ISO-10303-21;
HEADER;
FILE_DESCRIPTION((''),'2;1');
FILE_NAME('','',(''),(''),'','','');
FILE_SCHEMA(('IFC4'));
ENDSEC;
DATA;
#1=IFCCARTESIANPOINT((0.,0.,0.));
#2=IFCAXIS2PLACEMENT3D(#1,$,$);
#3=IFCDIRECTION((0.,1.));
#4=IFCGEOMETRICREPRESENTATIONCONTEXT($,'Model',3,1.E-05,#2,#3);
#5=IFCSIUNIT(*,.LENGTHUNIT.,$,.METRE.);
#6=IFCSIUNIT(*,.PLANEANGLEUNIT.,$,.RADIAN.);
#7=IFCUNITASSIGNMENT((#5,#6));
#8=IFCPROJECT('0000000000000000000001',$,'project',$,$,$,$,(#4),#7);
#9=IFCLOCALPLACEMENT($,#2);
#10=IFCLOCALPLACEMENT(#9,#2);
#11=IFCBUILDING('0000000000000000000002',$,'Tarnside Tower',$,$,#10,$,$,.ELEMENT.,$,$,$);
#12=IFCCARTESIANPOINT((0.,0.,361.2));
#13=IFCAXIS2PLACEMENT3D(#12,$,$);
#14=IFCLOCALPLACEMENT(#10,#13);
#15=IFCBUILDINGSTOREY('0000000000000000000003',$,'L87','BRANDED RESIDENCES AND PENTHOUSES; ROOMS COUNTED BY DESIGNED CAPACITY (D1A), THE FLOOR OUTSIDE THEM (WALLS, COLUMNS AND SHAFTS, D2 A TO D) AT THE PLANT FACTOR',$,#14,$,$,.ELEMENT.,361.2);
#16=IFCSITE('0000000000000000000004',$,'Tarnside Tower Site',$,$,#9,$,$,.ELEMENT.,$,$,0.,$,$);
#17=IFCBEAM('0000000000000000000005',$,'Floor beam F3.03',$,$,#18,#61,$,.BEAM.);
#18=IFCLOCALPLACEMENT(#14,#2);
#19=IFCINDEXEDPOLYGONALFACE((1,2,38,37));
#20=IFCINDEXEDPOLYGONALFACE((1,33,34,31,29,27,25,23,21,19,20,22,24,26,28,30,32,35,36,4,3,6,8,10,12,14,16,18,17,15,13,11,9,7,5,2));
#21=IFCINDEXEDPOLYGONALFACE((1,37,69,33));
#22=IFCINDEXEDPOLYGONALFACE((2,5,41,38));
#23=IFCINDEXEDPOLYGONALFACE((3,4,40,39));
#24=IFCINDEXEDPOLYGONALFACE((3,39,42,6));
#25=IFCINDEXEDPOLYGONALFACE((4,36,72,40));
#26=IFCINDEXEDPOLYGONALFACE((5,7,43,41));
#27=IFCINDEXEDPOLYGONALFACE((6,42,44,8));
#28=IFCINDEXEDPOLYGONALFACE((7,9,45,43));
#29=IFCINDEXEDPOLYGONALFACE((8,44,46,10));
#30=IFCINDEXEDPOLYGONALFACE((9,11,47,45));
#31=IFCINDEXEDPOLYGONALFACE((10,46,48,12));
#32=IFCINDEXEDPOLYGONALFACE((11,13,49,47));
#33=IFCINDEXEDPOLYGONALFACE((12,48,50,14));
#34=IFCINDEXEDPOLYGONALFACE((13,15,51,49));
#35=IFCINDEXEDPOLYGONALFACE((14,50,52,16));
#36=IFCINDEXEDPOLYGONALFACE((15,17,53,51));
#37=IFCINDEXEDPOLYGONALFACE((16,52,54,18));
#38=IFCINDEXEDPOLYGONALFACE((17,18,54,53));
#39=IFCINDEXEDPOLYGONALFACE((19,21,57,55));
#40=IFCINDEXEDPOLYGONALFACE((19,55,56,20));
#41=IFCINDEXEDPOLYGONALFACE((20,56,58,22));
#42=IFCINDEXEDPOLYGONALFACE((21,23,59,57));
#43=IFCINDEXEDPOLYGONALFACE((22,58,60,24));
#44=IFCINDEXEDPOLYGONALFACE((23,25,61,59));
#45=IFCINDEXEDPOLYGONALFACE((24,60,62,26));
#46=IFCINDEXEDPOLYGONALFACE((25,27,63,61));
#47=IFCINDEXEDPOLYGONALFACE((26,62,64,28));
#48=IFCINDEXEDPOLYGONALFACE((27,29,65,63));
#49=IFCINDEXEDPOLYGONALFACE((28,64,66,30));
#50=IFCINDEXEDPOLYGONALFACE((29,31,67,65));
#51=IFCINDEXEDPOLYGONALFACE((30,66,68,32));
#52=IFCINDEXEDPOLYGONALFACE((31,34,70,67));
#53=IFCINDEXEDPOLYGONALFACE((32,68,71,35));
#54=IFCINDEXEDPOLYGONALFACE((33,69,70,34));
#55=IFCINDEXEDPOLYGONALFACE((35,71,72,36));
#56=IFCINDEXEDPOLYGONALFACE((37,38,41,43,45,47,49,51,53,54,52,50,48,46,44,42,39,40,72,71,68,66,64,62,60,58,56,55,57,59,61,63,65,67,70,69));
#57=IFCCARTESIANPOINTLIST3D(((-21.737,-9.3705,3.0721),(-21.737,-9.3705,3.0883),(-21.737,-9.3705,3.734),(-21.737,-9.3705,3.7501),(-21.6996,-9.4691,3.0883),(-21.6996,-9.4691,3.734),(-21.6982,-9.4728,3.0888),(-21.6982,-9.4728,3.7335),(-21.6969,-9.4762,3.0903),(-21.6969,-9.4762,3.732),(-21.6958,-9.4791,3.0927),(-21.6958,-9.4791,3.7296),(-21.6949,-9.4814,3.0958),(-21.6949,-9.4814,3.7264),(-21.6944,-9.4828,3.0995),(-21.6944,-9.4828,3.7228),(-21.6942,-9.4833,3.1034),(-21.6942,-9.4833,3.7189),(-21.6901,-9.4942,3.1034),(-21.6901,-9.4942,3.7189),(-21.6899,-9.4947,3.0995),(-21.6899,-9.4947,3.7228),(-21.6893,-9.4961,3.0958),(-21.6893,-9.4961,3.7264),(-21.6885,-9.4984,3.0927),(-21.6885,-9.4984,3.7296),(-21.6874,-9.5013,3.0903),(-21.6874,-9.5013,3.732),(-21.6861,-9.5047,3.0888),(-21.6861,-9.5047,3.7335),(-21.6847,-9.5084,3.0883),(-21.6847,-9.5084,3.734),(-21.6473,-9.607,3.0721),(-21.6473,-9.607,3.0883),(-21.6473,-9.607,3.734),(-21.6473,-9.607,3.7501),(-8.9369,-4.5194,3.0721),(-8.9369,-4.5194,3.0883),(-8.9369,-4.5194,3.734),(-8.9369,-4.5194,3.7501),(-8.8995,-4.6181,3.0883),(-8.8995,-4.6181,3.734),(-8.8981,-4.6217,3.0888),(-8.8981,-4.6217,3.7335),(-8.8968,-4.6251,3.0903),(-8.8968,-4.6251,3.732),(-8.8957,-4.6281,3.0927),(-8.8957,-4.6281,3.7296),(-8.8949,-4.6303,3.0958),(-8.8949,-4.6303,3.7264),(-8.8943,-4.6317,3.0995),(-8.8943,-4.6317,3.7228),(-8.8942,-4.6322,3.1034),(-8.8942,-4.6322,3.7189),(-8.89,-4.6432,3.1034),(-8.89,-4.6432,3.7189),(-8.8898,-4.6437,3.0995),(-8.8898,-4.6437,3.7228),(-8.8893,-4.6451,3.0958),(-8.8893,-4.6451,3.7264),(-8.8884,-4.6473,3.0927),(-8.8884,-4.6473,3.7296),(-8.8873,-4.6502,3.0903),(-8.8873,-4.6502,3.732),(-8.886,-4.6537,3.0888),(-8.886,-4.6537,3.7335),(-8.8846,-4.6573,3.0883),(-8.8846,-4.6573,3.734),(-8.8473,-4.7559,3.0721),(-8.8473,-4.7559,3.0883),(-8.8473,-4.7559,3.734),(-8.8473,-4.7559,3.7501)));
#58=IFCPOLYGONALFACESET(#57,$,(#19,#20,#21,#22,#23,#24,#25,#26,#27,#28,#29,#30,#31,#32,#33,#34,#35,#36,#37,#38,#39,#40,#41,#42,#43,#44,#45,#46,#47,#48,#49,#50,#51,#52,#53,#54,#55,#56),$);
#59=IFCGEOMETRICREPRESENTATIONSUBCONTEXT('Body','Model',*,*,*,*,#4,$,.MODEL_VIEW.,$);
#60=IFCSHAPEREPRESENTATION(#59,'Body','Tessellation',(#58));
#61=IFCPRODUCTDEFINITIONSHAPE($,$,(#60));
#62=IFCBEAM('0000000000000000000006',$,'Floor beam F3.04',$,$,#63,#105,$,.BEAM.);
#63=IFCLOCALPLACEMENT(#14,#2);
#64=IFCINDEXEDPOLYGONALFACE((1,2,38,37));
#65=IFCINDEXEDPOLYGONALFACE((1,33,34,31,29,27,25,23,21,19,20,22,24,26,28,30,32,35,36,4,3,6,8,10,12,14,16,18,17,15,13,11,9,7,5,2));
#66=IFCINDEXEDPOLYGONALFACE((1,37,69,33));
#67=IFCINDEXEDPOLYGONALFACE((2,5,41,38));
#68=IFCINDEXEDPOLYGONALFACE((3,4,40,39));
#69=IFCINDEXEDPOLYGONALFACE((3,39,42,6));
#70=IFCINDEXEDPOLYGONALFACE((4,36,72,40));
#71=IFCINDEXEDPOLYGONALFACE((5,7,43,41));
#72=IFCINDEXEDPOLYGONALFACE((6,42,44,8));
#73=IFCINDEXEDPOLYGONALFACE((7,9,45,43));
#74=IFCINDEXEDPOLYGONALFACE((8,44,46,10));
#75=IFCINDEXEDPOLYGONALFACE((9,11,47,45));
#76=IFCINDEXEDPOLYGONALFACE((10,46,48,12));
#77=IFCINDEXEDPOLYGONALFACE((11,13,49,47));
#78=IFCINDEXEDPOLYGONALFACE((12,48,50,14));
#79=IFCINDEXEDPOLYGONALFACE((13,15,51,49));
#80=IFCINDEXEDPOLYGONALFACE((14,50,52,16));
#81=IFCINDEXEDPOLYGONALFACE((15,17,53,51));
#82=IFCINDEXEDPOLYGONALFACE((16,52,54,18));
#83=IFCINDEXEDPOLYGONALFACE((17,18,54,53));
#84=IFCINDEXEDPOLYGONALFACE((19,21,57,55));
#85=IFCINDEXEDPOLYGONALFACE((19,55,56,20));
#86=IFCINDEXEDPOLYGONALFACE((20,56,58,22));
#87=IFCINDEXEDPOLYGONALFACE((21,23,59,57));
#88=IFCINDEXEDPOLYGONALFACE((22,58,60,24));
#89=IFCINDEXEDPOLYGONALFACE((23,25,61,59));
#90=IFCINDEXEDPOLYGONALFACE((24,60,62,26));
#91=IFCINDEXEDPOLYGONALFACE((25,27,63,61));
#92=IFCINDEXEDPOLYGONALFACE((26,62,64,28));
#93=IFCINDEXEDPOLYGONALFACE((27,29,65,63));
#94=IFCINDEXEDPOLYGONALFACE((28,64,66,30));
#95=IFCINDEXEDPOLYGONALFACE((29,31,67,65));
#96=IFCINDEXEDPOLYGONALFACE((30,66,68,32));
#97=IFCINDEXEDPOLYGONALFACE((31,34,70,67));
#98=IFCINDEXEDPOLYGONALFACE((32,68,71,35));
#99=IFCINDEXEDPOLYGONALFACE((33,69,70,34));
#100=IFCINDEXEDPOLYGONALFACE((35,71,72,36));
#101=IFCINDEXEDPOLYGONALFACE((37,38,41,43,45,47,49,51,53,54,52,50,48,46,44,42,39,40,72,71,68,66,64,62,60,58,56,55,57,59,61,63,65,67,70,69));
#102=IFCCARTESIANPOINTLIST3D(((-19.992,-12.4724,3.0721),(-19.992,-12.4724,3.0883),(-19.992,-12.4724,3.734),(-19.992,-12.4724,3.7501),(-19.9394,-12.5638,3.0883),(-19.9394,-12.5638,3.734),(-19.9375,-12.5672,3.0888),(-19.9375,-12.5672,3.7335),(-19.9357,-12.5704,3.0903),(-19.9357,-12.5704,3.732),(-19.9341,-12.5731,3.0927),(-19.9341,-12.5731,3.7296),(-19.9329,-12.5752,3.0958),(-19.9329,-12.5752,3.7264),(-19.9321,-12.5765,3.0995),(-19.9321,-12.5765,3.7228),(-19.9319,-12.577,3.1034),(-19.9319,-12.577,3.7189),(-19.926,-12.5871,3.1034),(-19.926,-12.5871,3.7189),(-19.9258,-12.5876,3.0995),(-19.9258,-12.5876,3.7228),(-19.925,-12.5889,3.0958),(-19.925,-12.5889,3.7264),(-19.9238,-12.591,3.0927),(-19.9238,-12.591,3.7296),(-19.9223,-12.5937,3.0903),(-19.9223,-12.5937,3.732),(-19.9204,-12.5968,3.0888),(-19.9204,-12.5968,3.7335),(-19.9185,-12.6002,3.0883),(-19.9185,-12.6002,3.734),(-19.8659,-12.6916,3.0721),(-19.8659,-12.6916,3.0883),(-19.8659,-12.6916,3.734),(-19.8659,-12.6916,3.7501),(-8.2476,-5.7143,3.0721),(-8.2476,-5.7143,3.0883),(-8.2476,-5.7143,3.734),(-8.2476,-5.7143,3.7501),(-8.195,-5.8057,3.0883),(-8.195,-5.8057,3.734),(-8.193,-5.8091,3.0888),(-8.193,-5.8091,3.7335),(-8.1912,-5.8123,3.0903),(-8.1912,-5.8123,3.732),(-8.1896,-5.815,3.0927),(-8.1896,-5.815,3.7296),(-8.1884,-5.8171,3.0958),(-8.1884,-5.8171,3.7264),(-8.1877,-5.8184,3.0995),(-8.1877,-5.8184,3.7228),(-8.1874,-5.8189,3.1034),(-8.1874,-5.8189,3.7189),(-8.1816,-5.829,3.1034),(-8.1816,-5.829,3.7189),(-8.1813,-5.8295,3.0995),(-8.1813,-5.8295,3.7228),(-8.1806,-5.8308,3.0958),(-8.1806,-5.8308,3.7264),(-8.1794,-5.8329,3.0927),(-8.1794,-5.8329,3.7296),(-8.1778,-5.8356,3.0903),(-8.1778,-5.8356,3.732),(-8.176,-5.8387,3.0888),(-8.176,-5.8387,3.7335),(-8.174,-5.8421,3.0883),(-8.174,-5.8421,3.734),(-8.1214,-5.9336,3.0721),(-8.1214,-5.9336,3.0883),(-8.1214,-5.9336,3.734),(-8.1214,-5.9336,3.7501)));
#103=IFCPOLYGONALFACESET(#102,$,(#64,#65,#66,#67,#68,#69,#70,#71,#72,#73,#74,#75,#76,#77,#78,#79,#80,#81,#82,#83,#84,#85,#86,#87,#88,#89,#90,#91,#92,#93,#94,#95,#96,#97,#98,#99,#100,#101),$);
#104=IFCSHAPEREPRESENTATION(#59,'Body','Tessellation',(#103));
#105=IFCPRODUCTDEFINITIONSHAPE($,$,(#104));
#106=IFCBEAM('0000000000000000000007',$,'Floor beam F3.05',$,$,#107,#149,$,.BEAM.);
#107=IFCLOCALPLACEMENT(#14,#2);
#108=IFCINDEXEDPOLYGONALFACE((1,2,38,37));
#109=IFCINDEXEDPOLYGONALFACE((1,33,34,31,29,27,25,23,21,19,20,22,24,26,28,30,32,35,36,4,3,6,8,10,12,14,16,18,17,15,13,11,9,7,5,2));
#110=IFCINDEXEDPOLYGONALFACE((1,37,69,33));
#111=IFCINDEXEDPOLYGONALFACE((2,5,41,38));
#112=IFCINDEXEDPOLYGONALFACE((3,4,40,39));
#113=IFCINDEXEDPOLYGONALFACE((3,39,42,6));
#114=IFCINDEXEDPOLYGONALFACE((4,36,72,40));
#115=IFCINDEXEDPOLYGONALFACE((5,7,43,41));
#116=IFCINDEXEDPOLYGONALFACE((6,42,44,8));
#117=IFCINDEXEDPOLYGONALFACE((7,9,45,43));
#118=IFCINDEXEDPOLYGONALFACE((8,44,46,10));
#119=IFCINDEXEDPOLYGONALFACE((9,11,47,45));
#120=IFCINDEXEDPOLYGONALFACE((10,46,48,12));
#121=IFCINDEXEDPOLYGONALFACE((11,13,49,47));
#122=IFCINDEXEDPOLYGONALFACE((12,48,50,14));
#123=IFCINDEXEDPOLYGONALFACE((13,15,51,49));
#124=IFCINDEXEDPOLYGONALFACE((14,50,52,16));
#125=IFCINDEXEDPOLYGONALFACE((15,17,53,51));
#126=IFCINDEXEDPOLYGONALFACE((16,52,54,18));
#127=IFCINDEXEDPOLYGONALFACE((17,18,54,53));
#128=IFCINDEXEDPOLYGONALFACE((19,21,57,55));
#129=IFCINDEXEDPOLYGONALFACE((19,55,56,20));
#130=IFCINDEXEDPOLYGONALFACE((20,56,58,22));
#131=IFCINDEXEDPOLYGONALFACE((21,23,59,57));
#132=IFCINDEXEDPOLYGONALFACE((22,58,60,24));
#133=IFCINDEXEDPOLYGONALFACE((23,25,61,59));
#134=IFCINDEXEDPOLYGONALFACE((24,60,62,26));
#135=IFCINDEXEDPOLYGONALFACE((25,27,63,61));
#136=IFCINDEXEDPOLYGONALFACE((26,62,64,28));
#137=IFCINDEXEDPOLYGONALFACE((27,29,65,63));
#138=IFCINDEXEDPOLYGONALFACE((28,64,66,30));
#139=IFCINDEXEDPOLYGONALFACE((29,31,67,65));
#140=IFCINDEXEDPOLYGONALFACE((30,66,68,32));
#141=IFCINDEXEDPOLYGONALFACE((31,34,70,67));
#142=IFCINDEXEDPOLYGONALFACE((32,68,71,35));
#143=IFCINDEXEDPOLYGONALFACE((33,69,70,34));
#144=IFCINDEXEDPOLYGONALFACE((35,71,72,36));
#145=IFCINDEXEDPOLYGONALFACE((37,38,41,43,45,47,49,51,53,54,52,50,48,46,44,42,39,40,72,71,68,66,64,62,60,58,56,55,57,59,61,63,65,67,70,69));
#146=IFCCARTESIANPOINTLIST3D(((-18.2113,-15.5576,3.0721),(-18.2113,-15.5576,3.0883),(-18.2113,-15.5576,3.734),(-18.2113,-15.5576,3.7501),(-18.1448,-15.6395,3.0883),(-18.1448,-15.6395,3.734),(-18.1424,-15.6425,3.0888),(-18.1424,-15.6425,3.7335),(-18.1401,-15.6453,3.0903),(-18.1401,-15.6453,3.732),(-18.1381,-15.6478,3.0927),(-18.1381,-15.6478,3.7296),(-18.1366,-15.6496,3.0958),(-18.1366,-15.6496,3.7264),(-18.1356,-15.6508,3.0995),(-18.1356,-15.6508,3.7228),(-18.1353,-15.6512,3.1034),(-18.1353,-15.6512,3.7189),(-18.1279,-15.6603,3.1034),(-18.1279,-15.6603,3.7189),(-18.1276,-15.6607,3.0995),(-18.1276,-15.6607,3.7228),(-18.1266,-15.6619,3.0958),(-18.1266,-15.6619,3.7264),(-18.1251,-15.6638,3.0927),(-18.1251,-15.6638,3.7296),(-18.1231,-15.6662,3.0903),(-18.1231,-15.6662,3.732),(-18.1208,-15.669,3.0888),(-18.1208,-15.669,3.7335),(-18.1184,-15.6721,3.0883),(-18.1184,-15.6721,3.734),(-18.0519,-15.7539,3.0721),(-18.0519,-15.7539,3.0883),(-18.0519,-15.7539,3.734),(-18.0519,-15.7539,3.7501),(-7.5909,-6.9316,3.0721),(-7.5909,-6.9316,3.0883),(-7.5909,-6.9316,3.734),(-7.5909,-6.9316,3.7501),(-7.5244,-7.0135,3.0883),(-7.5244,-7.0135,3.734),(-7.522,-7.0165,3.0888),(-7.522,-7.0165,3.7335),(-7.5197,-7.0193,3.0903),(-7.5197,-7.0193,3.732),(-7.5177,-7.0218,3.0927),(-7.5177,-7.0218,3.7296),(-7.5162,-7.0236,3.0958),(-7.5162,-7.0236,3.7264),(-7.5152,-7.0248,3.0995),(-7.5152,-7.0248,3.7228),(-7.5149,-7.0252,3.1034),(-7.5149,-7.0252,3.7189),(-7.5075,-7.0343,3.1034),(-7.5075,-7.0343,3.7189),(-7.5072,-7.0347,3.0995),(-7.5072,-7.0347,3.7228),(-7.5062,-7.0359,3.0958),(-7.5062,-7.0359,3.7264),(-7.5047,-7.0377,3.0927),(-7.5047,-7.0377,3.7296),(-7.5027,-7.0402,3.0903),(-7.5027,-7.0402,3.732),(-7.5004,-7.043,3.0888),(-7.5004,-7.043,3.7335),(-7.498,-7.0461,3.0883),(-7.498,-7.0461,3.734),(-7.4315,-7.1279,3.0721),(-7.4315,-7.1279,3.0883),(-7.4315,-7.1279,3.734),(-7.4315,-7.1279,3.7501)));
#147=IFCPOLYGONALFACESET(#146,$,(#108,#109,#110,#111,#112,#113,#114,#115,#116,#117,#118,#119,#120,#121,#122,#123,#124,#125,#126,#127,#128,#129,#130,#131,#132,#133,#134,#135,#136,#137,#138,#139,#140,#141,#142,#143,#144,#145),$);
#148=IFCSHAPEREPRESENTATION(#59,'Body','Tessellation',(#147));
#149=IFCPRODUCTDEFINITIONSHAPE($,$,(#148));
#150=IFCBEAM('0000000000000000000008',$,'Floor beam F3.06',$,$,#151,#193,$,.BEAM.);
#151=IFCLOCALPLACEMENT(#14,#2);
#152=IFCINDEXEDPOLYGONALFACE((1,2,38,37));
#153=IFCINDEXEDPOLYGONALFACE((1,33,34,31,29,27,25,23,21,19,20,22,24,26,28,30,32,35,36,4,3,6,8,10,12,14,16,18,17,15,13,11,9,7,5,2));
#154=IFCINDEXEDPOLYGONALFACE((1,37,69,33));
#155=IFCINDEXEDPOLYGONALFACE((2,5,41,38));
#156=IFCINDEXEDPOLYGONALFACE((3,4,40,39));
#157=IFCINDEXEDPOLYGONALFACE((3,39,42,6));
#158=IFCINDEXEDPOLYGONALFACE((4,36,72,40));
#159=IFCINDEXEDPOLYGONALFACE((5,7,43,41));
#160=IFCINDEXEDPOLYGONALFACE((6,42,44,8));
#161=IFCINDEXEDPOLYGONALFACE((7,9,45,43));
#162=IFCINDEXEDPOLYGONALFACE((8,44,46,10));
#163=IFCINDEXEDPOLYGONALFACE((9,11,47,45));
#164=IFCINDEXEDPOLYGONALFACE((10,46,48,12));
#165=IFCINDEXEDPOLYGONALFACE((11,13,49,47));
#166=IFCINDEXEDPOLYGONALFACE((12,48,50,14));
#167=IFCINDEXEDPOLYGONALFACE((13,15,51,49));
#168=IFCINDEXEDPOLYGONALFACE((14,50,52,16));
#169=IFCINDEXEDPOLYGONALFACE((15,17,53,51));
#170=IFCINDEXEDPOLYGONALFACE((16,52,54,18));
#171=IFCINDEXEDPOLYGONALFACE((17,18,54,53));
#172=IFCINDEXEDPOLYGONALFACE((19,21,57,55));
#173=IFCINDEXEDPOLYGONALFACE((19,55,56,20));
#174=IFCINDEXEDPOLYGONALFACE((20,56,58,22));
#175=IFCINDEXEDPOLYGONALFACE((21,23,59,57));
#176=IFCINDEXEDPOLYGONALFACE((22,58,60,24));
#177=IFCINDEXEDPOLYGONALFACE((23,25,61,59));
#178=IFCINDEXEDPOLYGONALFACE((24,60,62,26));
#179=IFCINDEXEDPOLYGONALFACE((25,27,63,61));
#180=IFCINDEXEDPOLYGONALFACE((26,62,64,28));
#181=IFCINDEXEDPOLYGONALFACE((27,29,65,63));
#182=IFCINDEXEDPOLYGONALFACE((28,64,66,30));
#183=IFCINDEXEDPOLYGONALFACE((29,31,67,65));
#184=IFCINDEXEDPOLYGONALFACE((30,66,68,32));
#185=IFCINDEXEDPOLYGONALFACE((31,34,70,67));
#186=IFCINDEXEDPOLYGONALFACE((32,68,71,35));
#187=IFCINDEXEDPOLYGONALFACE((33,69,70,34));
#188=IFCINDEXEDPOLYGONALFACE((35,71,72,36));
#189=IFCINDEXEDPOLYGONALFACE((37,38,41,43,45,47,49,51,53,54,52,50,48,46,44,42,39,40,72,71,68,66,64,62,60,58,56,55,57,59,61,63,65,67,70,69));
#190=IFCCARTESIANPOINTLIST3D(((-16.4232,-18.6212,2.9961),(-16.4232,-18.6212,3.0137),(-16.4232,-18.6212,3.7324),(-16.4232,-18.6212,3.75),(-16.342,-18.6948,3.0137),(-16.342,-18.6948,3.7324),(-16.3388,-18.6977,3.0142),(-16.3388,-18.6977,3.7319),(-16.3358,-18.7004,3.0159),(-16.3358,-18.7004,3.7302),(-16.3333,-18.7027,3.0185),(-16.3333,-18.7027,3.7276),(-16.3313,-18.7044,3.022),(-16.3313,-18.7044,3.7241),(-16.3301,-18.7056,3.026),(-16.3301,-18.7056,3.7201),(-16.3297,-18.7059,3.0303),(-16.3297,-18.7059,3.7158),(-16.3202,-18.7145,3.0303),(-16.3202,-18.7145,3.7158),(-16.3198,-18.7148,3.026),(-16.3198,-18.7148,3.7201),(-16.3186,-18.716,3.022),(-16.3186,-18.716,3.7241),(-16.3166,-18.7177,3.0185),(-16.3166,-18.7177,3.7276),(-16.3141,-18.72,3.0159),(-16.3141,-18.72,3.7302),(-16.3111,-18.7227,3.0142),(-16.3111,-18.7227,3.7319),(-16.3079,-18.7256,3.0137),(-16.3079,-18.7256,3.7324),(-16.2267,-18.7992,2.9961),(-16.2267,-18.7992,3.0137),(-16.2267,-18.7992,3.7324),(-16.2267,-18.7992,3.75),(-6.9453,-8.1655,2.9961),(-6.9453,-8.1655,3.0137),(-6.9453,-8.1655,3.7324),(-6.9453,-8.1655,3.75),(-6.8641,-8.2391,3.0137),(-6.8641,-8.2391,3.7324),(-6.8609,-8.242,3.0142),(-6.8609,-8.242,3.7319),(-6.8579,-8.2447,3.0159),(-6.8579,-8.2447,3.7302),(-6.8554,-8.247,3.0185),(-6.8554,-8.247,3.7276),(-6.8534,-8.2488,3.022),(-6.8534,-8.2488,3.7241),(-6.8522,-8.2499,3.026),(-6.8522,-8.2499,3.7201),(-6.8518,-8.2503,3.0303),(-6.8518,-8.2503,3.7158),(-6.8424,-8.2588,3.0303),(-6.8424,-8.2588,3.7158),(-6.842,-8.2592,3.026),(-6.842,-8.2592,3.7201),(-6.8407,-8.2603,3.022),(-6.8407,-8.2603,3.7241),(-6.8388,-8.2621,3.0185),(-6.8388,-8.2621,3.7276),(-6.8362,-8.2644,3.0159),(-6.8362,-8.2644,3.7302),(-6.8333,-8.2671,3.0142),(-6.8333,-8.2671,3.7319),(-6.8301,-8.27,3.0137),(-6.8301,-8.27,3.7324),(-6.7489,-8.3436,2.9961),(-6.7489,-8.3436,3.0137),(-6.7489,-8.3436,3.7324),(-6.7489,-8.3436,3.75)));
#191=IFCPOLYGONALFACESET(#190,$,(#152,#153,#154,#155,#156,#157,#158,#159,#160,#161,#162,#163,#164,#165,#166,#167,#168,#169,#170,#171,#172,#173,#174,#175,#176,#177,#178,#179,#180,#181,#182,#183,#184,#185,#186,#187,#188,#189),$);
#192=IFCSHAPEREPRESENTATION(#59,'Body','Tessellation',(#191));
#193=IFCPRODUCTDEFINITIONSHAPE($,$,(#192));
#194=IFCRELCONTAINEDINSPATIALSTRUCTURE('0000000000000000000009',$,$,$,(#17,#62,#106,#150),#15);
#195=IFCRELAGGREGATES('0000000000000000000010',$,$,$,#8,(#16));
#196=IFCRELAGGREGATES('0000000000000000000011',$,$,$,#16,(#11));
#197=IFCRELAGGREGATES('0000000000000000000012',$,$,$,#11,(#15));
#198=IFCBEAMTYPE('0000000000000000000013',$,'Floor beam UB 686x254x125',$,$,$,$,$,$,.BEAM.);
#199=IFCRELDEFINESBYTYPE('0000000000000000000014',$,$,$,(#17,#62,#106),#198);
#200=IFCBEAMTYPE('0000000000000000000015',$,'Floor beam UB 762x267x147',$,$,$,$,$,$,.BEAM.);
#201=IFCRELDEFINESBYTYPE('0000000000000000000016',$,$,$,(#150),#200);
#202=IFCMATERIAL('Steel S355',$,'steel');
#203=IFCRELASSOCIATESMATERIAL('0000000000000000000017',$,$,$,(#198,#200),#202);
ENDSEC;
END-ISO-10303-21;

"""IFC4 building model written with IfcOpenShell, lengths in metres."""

from ifc_helpers import new_model, si_unit, direction, frame, origin, origin_2d, place, context, subcontext, project, spatial, i_section, extrude, material, material_profile, profile_set, type_object, element, save


model = new_model("IFC4")

# Units and contexts
model_context = context("Model", 3, precision=1e-05, world=origin(), true_north=direction((0.0, 1.0)))
body_context = subcontext(model_context, "Body", "Model", "MODEL_VIEW")
ifc_project = project(units=[si_unit("LENGTHUNIT", "METRE"), si_unit("PLANEANGLEUNIT", "RADIAN")], contexts=[model_context])

# Site, building, storey
site_placement = place(None, origin())
site = spatial("IfcSite", under=ifc_project, at=site_placement, Name="Tarnside Tower Site", CompositionType="ELEMENT", RefElevation=0.0)
building_placement = place(site_placement, origin())
building = spatial("IfcBuilding", under=site, at=building_placement, Name="Tarnside Tower", CompositionType="ELEMENT")
storey_placement = place(building_placement, frame((0.0, 0.0, 361.2)))
storey = spatial("IfcBuildingStorey", under=building, at=storey_placement, Name="L87", Description="BRANDED RESIDENCES AND PENTHOUSES; ROOMS COUNTED BY DESIGNED CAPACITY (D1A), THE FLOOR OUTSIDE THEM (WALLS, COLUMNS AND SHAFTS, D2 A TO D) AT THE PLANT FACTOR", CompositionType="ELEMENT", Elevation=361.2)

# Beams
ifc_material_1 = material(Name="Steel S355", Category="steel")
ifc_material_profile_1 = material_profile(ifc_material_1, i_section(OverallWidth=0.2529, OverallDepth=0.678, WebThickness=0.0117, FlangeThickness=0.0161, FilletRadius=0.0151, at=origin_2d()), Name="UB 686x254x125")
ifc_profile_set_1 = profile_set([ifc_material_profile_1], Name="Steel S355")
beam_type_1 = type_object("IfcBeamType", Name="Floor beam UB 686x254x125", PredefinedType="BEAM", material=ifc_profile_set_1)
beam_1_placement = place(storey_placement, frame((-21.6921, -9.4888, 3.4111), z_axis=(0.935097, 0.354391, 0.0), x_axis=(-0.354391, 0.935097, 0.0)))
element("IfcBeam", 1, at=beam_1_placement, inside=storey, type_object=beam_type_1, Name="Floor beam F3.03", PredefinedType="BEAM", context=body_context, shape_type="SweptSolid", body=[
    extrude(i_section(OverallWidth=0.2529, OverallDepth=0.678, WebThickness=0.0117, FlangeThickness=0.0161, FilletRadius=0.0151, at=origin_2d()), origin(), (0.0, 0.0, 1.0), 13.6885),
])
beam_2_placement = place(storey_placement, frame((-19.929, -12.582, 3.4111), z_axis=(0.866746, 0.49875, 0.0), x_axis=(-0.49875, 0.866746, 0.0)))
element("IfcBeam", 2, at=beam_2_placement, inside=storey, type_object=beam_type_1, Name="Floor beam F3.04", PredefinedType="BEAM", context=body_context, shape_type="SweptSolid", body=[
    extrude(i_section(OverallWidth=0.2529, OverallDepth=0.678, WebThickness=0.0117, FlangeThickness=0.0161, FilletRadius=0.0151, at=origin_2d()), origin(), (0.0, 0.0, 1.0), 13.55),
])
beam_3_placement = place(storey_placement, frame((-18.1316, -15.6558, 3.4111), z_axis=(0.776224, 0.630458, 0.0), x_axis=(-0.630458, 0.776224, 0.0)))
element("IfcBeam", 3, at=beam_3_placement, inside=storey, type_object=beam_type_1, Name="Floor beam F3.05", PredefinedType="BEAM", context=body_context, shape_type="SweptSolid", body=[
    extrude(i_section(OverallWidth=0.2529, OverallDepth=0.678, WebThickness=0.0117, FlangeThickness=0.0161, FilletRadius=0.0151, at=origin_2d()), origin(), (0.0, 0.0, 1.0), 13.6821),
])
ifc_material_profile_2 = material_profile(ifc_material_1, i_section(OverallWidth=0.2651, OverallDepth=0.7539, WebThickness=0.0127, FlangeThickness=0.0176, FilletRadius=0.0166, at=origin_2d()), Name="UB 762x267x147")
ifc_profile_set_2 = profile_set([ifc_material_profile_2], Name="Steel S355")
beam_type_2 = type_object("IfcBeamType", Name="Floor beam UB 762x267x147", PredefinedType="BEAM", material=ifc_profile_set_2)
beam_4_placement = place(storey_placement, frame((-16.325, -18.7102, 3.373), z_axis=(0.671614, 0.740901, 0.0), x_axis=(-0.740901, 0.671614, 0.0)))
element("IfcBeam", 4, at=beam_4_placement, inside=storey, type_object=beam_type_2, Name="Floor beam F3.06", PredefinedType="BEAM", context=body_context, shape_type="SweptSolid", body=[
    extrude(i_section(OverallWidth=0.2651, OverallDepth=0.7539, WebThickness=0.0127, FlangeThickness=0.0176, FilletRadius=0.0166, at=origin_2d()), origin(), (0.0, 0.0, 1.0), 14.1121),
])

save(model, "model.ifc")
